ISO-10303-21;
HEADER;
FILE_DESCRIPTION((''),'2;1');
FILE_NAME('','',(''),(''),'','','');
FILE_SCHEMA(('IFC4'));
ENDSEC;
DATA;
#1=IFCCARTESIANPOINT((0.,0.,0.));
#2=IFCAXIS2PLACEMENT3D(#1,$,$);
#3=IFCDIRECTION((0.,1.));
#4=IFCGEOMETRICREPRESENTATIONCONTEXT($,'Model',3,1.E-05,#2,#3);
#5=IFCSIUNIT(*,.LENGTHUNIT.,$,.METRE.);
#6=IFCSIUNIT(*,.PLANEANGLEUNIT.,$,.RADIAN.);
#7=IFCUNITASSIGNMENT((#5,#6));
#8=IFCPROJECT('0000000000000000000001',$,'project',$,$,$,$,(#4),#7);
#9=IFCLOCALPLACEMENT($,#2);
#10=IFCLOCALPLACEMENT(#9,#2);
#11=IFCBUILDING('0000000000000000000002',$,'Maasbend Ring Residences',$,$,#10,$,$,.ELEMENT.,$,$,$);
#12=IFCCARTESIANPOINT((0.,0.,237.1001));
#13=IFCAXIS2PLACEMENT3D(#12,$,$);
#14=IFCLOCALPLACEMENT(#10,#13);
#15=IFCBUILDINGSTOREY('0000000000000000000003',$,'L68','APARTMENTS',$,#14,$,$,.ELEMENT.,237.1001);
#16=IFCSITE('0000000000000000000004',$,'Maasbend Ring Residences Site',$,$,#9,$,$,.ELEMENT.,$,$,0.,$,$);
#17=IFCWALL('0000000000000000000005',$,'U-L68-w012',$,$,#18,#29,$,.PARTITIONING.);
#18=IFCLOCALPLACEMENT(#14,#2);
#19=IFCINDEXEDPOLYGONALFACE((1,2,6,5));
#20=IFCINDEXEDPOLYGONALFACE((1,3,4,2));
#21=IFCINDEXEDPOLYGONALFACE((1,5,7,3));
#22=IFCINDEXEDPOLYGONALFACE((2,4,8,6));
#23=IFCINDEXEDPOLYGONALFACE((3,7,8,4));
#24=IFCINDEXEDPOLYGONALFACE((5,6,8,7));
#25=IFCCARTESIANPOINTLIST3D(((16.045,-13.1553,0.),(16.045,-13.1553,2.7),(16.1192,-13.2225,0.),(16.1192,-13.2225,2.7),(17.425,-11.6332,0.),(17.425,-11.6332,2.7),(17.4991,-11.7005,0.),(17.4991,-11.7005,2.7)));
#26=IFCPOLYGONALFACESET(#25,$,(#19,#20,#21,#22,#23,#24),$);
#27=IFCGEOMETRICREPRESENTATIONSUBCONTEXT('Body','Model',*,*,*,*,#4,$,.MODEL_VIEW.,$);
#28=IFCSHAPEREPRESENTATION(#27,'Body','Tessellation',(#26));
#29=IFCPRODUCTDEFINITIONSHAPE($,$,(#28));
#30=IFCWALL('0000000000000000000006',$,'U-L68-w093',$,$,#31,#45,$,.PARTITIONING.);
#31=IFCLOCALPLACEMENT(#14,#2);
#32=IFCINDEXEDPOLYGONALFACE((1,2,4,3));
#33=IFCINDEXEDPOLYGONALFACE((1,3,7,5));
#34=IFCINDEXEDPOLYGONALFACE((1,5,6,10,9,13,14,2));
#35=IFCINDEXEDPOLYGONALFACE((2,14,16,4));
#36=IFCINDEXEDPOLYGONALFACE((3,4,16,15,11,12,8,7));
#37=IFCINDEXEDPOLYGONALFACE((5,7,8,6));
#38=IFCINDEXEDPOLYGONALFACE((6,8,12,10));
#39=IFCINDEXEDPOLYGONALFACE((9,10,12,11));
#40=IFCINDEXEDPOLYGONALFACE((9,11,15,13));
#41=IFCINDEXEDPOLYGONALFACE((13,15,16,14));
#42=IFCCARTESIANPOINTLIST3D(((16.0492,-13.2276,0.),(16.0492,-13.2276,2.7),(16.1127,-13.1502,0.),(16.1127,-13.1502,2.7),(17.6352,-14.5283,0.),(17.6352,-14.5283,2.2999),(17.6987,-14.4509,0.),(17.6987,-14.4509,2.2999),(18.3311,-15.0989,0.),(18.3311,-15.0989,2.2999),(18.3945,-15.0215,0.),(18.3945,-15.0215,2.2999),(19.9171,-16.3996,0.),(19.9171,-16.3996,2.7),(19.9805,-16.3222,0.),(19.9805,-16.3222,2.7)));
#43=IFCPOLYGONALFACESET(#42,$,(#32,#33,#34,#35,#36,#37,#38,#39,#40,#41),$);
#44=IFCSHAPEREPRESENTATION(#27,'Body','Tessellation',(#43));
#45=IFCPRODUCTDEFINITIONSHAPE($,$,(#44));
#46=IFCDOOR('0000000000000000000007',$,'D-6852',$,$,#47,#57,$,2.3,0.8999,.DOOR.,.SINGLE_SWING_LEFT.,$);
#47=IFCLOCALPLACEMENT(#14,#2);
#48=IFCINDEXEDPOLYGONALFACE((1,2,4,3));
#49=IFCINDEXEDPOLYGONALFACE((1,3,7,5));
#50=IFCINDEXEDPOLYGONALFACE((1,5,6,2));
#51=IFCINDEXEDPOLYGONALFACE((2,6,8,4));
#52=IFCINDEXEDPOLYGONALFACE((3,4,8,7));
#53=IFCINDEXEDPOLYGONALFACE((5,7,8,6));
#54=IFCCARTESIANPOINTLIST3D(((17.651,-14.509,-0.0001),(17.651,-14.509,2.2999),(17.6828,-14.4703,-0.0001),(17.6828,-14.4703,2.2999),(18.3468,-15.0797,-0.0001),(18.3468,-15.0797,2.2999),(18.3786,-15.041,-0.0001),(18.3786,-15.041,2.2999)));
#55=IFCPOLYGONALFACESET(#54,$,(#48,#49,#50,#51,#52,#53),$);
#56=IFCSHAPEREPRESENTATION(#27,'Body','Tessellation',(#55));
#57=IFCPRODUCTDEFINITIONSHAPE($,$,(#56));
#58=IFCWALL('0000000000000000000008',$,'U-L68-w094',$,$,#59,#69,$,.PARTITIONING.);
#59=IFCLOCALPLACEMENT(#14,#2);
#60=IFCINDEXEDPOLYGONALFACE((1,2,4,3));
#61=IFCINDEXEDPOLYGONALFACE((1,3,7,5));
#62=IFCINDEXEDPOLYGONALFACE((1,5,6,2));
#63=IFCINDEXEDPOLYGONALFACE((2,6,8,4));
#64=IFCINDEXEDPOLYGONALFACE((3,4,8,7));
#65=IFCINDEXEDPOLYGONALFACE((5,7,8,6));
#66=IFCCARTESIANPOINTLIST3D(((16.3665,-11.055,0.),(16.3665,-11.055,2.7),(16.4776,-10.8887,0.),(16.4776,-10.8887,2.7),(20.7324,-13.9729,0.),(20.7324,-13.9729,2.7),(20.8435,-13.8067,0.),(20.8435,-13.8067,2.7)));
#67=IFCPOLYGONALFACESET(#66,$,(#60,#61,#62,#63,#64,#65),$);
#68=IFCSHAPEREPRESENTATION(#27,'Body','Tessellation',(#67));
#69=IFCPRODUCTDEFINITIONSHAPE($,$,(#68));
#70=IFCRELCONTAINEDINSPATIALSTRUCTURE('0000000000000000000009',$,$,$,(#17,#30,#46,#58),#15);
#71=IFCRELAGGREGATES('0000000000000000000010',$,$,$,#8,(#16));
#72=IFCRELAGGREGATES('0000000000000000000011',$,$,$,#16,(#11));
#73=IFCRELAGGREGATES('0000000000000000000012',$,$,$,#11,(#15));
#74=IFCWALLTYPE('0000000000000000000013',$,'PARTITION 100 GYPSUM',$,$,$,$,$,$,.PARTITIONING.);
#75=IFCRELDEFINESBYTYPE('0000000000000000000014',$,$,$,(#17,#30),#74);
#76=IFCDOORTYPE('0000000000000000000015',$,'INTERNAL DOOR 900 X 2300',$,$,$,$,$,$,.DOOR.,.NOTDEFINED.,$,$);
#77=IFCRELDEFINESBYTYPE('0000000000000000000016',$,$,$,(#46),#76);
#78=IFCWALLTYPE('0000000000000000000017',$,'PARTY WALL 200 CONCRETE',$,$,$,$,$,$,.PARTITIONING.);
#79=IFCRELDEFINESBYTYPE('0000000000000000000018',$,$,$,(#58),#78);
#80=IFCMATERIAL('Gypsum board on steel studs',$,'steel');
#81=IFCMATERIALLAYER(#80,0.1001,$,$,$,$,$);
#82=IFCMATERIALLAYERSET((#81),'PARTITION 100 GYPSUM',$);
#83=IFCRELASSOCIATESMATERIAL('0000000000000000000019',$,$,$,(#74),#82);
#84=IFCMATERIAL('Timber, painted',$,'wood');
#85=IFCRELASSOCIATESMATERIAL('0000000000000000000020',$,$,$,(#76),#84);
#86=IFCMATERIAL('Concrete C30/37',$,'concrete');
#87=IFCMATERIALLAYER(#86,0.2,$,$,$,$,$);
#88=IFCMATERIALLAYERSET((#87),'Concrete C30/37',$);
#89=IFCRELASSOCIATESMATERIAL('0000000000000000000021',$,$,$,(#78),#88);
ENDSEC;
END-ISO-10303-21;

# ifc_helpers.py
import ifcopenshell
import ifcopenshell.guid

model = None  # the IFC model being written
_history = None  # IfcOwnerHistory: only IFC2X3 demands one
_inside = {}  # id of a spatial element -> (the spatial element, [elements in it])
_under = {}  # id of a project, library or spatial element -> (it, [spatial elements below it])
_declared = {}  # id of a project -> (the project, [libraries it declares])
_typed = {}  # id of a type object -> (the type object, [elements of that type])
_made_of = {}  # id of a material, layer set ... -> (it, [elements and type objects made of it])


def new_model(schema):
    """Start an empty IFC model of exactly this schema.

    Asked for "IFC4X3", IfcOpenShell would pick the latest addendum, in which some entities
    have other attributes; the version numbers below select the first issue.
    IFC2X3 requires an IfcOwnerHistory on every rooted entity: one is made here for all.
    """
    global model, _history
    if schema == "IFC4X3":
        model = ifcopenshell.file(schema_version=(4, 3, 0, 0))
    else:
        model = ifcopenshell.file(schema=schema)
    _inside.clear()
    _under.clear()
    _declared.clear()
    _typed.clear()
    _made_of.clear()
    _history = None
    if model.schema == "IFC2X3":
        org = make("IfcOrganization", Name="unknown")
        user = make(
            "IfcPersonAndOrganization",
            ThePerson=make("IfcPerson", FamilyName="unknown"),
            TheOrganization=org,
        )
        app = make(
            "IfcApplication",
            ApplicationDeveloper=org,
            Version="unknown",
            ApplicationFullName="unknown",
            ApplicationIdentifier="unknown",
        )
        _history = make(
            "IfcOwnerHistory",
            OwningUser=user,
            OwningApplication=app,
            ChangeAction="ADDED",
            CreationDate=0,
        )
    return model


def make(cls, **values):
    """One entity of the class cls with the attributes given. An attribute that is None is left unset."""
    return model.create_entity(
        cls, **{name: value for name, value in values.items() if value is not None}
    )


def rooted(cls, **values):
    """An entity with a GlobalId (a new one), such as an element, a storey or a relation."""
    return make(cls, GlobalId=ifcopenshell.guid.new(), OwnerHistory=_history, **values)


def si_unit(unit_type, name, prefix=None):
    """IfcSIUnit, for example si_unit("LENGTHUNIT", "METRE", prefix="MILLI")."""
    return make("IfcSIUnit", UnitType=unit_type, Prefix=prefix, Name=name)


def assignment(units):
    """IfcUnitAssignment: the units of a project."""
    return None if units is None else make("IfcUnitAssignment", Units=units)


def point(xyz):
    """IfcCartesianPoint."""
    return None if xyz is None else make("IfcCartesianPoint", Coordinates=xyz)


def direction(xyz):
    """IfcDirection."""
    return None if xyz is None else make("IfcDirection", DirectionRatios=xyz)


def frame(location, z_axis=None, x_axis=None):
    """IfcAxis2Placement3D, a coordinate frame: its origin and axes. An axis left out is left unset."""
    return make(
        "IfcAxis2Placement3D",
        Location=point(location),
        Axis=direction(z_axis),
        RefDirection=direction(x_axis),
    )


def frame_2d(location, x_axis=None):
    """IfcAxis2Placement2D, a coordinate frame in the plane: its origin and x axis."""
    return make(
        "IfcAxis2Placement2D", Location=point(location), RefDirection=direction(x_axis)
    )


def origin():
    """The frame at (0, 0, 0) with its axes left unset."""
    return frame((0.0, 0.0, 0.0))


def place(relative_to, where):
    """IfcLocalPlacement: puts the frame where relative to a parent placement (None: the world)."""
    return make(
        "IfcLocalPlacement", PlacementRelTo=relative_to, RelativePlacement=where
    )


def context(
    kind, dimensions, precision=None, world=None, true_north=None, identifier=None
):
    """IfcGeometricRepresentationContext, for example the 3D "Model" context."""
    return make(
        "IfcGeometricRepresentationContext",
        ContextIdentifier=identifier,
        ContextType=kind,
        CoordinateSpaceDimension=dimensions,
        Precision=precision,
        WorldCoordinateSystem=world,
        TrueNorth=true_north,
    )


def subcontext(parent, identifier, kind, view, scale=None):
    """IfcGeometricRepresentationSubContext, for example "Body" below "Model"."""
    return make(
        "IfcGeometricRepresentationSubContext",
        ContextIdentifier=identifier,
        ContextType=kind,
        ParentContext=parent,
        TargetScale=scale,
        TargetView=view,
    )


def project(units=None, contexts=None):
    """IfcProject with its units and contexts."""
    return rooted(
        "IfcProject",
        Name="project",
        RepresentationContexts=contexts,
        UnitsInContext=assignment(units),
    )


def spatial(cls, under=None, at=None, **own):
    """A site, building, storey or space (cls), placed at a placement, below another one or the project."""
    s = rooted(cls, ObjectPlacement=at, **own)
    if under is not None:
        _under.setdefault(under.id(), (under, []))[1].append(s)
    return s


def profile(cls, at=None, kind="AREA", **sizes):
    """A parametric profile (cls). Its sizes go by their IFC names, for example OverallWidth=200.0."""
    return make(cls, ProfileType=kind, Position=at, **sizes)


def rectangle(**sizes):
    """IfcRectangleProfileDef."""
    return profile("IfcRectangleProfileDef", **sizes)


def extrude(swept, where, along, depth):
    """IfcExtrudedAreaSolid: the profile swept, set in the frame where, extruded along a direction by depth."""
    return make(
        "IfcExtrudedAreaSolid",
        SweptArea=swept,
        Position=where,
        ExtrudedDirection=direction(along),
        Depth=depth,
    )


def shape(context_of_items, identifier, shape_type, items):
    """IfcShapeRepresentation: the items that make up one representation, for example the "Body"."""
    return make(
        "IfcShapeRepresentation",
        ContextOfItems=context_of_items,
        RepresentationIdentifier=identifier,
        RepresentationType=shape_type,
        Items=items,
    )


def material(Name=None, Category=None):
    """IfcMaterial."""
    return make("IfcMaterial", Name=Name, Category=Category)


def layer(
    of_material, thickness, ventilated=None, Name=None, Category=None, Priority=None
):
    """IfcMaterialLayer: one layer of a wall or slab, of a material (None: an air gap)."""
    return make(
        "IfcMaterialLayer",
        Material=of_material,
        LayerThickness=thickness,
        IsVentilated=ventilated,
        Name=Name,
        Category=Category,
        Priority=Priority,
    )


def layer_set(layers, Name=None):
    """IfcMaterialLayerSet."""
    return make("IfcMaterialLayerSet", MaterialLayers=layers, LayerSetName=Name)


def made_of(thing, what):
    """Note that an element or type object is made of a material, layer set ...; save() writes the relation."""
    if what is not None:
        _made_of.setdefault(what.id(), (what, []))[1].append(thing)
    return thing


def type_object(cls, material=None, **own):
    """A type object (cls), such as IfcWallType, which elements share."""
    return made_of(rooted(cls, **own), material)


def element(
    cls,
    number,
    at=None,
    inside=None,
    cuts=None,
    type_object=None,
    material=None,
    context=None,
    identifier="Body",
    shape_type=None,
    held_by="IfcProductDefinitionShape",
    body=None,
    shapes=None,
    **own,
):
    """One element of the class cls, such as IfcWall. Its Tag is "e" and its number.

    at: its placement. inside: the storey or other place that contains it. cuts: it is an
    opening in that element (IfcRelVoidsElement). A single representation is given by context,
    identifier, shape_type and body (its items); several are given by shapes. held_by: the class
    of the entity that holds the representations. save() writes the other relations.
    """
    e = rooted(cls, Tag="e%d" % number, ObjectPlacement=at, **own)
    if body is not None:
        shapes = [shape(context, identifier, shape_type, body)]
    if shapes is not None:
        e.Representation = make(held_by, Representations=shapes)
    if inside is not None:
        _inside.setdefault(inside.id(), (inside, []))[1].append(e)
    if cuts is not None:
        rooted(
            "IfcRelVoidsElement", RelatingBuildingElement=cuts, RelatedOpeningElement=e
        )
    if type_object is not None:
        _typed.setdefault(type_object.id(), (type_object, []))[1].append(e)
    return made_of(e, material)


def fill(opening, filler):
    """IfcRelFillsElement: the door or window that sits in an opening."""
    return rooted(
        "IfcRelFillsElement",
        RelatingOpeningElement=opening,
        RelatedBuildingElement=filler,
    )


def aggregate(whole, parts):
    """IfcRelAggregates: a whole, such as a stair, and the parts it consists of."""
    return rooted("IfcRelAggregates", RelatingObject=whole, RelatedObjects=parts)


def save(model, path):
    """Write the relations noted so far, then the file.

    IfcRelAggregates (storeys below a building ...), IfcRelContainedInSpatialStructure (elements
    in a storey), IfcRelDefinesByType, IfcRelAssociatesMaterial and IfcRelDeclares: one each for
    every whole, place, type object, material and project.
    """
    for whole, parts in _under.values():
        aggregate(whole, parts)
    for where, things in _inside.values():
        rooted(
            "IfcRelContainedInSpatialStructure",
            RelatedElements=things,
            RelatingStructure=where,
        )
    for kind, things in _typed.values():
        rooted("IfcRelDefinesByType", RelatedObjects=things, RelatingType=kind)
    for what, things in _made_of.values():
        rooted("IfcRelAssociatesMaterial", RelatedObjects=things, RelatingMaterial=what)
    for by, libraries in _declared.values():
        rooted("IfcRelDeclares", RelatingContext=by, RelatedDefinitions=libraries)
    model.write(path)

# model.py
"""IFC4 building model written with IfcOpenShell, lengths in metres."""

from ifc_helpers import new_model, si_unit, direction, frame, frame_2d, origin, place, context, subcontext, project, spatial, rectangle, extrude, material, layer, layer_set, type_object, element, fill, save


model = new_model("IFC4")

# Units and contexts
model_context = context("Model", 3, precision=1e-05, world=origin(), true_north=direction((0.0, 1.0)))
body_context = subcontext(model_context, "Body", "Model", "MODEL_VIEW")
ifc_project = project(units=[si_unit("LENGTHUNIT", "METRE"), si_unit("PLANEANGLEUNIT", "RADIAN")], contexts=[model_context])

# Site, building, storey
site_placement = place(None, origin())
site = spatial("IfcSite", under=ifc_project, at=site_placement, Name="Maasbend Ring Residences Site", CompositionType="ELEMENT", RefElevation=0.0)
building_placement = place(site_placement, origin())
building = spatial("IfcBuilding", under=site, at=building_placement, Name="Maasbend Ring Residences", CompositionType="ELEMENT")
storey_placement = place(building_placement, frame((0.0, 0.0, 237.1001)))
storey = spatial("IfcBuildingStorey", under=building, at=storey_placement, Name="L68", Description="APARTMENTS", CompositionType="ELEMENT", Elevation=237.1001)

# Wall
ifc_material_1 = material(Name="Gypsum board on steel studs", Category="steel")
ifc_layer_1 = layer(ifc_material_1, 0.1001)
ifc_layer_set_1 = layer_set([ifc_layer_1], Name="PARTITION 100 GYPSUM")
wall_type_1 = type_object("IfcWallType", Name="PARTITION 100 GYPSUM", PredefinedType="PARTITIONING", material=ifc_layer_set_1)
wall_1_placement = place(storey_placement, frame((16.082, -13.189, 0.0), z_axis=(0.0, 0.0, 1.0), x_axis=(0.671678, 0.740843, 0.0)))
element("IfcWall", 1, at=wall_1_placement, inside=storey, type_object=wall_type_1, Name="U-L68-w012", PredefinedType="PARTITIONING", context=body_context, shape_type="SweptSolid", body=[
    extrude(rectangle(XDim=2.0544, YDim=0.1001, at=frame_2d((1.0273, 0.0))), origin(), (0.0, 0.0, 1.0), 2.7),
])

# Wall, opening, door
wall_2_placement = place(storey_placement, frame((16.0811, -13.189, 0.0), z_axis=(0.0, 0.0, 1.0), x_axis=(0.773226, -0.63413, 0.0)))
wall_2 = element("IfcWall", 2, at=wall_2_placement, inside=storey, type_object=wall_type_1, Name="U-L68-w093", PredefinedType="PARTITIONING", context=body_context, shape_type="SweptSolid", body=[
    extrude(rectangle(XDim=5.0022, YDim=0.1001, at=frame_2d((2.501, 0.0))), origin(), (0.0, 0.0, 1.0), 2.7),
])
opening_1_placement = place(wall_2_placement, frame((2.051, 0.0, 0.0)))
opening_1 = element("IfcOpeningElement", 3, at=opening_1_placement, cuts=wall_2, PredefinedType="OPENING", context=body_context, shape_type="SweptSolid", body=[
    extrude(rectangle(XDim=0.8999, YDim=2.3, at=frame_2d((0.45, 1.1499))), frame((0.0, 0.0601, 0.0), z_axis=(0.0, -1.0, 0.0), x_axis=(1.0, 0.0, 0.0)), (0.0, 0.0, 1.0), 0.1201),
])
ifc_material_2 = material(Name="Timber, painted", Category="wood")
door_type_1 = type_object("IfcDoorType", Name="INTERNAL DOOR 900 X 2300", OperationType="NOTDEFINED", PredefinedType="DOOR", material=ifc_material_2)
door_1_placement = place(opening_1_placement, origin())
door_1 = element("IfcDoor", 4, at=door_1_placement, inside=storey, type_object=door_type_1, Name="D-6852", OperationType="SINGLE_SWING_LEFT", OverallHeight=2.3, OverallWidth=0.8999, PredefinedType="DOOR", context=body_context, shape_type="SweptSolid", body=[
    extrude(rectangle(XDim=0.8999, YDim=2.3, at=frame_2d((0.45, 1.1499))), frame((0.0, 0.0249, 0.0), z_axis=(0.0, -1.0, 0.0), x_axis=(1.0, 0.0, 0.0)), (0.0, 0.0, 1.0), 0.05),
])
fill(opening_1, door_1)

# Wall
ifc_material_3 = material(Name="Concrete C30/37", Category="concrete")
ifc_layer_2 = layer(ifc_material_3, 0.2)
ifc_layer_set_2 = layer_set([ifc_layer_2], Name="Concrete C30/37")
wall_type_2 = type_object("IfcWallType", Name="PARTY WALL 200 CONCRETE", PredefinedType="PARTITIONING", material=ifc_layer_set_2)
wall_3_placement = place(storey_placement, frame((16.4221, -10.9719, 0.0), z_axis=(0.0, 0.0, 1.0), x_axis=(0.831406, -0.555665, 0.0)))
element("IfcWall", 5, at=wall_3_placement, inside=storey, type_object=wall_type_2, Name="U-L68-w094", PredefinedType="PARTITIONING", context=body_context, shape_type="SweptSolid", body=[
    extrude(rectangle(XDim=5.2512, YDim=0.2, at=frame_2d((2.6255, 0.0))), origin(), (0.0, 0.0, 1.0), 2.7),
])

save(model, "model.ifc")
